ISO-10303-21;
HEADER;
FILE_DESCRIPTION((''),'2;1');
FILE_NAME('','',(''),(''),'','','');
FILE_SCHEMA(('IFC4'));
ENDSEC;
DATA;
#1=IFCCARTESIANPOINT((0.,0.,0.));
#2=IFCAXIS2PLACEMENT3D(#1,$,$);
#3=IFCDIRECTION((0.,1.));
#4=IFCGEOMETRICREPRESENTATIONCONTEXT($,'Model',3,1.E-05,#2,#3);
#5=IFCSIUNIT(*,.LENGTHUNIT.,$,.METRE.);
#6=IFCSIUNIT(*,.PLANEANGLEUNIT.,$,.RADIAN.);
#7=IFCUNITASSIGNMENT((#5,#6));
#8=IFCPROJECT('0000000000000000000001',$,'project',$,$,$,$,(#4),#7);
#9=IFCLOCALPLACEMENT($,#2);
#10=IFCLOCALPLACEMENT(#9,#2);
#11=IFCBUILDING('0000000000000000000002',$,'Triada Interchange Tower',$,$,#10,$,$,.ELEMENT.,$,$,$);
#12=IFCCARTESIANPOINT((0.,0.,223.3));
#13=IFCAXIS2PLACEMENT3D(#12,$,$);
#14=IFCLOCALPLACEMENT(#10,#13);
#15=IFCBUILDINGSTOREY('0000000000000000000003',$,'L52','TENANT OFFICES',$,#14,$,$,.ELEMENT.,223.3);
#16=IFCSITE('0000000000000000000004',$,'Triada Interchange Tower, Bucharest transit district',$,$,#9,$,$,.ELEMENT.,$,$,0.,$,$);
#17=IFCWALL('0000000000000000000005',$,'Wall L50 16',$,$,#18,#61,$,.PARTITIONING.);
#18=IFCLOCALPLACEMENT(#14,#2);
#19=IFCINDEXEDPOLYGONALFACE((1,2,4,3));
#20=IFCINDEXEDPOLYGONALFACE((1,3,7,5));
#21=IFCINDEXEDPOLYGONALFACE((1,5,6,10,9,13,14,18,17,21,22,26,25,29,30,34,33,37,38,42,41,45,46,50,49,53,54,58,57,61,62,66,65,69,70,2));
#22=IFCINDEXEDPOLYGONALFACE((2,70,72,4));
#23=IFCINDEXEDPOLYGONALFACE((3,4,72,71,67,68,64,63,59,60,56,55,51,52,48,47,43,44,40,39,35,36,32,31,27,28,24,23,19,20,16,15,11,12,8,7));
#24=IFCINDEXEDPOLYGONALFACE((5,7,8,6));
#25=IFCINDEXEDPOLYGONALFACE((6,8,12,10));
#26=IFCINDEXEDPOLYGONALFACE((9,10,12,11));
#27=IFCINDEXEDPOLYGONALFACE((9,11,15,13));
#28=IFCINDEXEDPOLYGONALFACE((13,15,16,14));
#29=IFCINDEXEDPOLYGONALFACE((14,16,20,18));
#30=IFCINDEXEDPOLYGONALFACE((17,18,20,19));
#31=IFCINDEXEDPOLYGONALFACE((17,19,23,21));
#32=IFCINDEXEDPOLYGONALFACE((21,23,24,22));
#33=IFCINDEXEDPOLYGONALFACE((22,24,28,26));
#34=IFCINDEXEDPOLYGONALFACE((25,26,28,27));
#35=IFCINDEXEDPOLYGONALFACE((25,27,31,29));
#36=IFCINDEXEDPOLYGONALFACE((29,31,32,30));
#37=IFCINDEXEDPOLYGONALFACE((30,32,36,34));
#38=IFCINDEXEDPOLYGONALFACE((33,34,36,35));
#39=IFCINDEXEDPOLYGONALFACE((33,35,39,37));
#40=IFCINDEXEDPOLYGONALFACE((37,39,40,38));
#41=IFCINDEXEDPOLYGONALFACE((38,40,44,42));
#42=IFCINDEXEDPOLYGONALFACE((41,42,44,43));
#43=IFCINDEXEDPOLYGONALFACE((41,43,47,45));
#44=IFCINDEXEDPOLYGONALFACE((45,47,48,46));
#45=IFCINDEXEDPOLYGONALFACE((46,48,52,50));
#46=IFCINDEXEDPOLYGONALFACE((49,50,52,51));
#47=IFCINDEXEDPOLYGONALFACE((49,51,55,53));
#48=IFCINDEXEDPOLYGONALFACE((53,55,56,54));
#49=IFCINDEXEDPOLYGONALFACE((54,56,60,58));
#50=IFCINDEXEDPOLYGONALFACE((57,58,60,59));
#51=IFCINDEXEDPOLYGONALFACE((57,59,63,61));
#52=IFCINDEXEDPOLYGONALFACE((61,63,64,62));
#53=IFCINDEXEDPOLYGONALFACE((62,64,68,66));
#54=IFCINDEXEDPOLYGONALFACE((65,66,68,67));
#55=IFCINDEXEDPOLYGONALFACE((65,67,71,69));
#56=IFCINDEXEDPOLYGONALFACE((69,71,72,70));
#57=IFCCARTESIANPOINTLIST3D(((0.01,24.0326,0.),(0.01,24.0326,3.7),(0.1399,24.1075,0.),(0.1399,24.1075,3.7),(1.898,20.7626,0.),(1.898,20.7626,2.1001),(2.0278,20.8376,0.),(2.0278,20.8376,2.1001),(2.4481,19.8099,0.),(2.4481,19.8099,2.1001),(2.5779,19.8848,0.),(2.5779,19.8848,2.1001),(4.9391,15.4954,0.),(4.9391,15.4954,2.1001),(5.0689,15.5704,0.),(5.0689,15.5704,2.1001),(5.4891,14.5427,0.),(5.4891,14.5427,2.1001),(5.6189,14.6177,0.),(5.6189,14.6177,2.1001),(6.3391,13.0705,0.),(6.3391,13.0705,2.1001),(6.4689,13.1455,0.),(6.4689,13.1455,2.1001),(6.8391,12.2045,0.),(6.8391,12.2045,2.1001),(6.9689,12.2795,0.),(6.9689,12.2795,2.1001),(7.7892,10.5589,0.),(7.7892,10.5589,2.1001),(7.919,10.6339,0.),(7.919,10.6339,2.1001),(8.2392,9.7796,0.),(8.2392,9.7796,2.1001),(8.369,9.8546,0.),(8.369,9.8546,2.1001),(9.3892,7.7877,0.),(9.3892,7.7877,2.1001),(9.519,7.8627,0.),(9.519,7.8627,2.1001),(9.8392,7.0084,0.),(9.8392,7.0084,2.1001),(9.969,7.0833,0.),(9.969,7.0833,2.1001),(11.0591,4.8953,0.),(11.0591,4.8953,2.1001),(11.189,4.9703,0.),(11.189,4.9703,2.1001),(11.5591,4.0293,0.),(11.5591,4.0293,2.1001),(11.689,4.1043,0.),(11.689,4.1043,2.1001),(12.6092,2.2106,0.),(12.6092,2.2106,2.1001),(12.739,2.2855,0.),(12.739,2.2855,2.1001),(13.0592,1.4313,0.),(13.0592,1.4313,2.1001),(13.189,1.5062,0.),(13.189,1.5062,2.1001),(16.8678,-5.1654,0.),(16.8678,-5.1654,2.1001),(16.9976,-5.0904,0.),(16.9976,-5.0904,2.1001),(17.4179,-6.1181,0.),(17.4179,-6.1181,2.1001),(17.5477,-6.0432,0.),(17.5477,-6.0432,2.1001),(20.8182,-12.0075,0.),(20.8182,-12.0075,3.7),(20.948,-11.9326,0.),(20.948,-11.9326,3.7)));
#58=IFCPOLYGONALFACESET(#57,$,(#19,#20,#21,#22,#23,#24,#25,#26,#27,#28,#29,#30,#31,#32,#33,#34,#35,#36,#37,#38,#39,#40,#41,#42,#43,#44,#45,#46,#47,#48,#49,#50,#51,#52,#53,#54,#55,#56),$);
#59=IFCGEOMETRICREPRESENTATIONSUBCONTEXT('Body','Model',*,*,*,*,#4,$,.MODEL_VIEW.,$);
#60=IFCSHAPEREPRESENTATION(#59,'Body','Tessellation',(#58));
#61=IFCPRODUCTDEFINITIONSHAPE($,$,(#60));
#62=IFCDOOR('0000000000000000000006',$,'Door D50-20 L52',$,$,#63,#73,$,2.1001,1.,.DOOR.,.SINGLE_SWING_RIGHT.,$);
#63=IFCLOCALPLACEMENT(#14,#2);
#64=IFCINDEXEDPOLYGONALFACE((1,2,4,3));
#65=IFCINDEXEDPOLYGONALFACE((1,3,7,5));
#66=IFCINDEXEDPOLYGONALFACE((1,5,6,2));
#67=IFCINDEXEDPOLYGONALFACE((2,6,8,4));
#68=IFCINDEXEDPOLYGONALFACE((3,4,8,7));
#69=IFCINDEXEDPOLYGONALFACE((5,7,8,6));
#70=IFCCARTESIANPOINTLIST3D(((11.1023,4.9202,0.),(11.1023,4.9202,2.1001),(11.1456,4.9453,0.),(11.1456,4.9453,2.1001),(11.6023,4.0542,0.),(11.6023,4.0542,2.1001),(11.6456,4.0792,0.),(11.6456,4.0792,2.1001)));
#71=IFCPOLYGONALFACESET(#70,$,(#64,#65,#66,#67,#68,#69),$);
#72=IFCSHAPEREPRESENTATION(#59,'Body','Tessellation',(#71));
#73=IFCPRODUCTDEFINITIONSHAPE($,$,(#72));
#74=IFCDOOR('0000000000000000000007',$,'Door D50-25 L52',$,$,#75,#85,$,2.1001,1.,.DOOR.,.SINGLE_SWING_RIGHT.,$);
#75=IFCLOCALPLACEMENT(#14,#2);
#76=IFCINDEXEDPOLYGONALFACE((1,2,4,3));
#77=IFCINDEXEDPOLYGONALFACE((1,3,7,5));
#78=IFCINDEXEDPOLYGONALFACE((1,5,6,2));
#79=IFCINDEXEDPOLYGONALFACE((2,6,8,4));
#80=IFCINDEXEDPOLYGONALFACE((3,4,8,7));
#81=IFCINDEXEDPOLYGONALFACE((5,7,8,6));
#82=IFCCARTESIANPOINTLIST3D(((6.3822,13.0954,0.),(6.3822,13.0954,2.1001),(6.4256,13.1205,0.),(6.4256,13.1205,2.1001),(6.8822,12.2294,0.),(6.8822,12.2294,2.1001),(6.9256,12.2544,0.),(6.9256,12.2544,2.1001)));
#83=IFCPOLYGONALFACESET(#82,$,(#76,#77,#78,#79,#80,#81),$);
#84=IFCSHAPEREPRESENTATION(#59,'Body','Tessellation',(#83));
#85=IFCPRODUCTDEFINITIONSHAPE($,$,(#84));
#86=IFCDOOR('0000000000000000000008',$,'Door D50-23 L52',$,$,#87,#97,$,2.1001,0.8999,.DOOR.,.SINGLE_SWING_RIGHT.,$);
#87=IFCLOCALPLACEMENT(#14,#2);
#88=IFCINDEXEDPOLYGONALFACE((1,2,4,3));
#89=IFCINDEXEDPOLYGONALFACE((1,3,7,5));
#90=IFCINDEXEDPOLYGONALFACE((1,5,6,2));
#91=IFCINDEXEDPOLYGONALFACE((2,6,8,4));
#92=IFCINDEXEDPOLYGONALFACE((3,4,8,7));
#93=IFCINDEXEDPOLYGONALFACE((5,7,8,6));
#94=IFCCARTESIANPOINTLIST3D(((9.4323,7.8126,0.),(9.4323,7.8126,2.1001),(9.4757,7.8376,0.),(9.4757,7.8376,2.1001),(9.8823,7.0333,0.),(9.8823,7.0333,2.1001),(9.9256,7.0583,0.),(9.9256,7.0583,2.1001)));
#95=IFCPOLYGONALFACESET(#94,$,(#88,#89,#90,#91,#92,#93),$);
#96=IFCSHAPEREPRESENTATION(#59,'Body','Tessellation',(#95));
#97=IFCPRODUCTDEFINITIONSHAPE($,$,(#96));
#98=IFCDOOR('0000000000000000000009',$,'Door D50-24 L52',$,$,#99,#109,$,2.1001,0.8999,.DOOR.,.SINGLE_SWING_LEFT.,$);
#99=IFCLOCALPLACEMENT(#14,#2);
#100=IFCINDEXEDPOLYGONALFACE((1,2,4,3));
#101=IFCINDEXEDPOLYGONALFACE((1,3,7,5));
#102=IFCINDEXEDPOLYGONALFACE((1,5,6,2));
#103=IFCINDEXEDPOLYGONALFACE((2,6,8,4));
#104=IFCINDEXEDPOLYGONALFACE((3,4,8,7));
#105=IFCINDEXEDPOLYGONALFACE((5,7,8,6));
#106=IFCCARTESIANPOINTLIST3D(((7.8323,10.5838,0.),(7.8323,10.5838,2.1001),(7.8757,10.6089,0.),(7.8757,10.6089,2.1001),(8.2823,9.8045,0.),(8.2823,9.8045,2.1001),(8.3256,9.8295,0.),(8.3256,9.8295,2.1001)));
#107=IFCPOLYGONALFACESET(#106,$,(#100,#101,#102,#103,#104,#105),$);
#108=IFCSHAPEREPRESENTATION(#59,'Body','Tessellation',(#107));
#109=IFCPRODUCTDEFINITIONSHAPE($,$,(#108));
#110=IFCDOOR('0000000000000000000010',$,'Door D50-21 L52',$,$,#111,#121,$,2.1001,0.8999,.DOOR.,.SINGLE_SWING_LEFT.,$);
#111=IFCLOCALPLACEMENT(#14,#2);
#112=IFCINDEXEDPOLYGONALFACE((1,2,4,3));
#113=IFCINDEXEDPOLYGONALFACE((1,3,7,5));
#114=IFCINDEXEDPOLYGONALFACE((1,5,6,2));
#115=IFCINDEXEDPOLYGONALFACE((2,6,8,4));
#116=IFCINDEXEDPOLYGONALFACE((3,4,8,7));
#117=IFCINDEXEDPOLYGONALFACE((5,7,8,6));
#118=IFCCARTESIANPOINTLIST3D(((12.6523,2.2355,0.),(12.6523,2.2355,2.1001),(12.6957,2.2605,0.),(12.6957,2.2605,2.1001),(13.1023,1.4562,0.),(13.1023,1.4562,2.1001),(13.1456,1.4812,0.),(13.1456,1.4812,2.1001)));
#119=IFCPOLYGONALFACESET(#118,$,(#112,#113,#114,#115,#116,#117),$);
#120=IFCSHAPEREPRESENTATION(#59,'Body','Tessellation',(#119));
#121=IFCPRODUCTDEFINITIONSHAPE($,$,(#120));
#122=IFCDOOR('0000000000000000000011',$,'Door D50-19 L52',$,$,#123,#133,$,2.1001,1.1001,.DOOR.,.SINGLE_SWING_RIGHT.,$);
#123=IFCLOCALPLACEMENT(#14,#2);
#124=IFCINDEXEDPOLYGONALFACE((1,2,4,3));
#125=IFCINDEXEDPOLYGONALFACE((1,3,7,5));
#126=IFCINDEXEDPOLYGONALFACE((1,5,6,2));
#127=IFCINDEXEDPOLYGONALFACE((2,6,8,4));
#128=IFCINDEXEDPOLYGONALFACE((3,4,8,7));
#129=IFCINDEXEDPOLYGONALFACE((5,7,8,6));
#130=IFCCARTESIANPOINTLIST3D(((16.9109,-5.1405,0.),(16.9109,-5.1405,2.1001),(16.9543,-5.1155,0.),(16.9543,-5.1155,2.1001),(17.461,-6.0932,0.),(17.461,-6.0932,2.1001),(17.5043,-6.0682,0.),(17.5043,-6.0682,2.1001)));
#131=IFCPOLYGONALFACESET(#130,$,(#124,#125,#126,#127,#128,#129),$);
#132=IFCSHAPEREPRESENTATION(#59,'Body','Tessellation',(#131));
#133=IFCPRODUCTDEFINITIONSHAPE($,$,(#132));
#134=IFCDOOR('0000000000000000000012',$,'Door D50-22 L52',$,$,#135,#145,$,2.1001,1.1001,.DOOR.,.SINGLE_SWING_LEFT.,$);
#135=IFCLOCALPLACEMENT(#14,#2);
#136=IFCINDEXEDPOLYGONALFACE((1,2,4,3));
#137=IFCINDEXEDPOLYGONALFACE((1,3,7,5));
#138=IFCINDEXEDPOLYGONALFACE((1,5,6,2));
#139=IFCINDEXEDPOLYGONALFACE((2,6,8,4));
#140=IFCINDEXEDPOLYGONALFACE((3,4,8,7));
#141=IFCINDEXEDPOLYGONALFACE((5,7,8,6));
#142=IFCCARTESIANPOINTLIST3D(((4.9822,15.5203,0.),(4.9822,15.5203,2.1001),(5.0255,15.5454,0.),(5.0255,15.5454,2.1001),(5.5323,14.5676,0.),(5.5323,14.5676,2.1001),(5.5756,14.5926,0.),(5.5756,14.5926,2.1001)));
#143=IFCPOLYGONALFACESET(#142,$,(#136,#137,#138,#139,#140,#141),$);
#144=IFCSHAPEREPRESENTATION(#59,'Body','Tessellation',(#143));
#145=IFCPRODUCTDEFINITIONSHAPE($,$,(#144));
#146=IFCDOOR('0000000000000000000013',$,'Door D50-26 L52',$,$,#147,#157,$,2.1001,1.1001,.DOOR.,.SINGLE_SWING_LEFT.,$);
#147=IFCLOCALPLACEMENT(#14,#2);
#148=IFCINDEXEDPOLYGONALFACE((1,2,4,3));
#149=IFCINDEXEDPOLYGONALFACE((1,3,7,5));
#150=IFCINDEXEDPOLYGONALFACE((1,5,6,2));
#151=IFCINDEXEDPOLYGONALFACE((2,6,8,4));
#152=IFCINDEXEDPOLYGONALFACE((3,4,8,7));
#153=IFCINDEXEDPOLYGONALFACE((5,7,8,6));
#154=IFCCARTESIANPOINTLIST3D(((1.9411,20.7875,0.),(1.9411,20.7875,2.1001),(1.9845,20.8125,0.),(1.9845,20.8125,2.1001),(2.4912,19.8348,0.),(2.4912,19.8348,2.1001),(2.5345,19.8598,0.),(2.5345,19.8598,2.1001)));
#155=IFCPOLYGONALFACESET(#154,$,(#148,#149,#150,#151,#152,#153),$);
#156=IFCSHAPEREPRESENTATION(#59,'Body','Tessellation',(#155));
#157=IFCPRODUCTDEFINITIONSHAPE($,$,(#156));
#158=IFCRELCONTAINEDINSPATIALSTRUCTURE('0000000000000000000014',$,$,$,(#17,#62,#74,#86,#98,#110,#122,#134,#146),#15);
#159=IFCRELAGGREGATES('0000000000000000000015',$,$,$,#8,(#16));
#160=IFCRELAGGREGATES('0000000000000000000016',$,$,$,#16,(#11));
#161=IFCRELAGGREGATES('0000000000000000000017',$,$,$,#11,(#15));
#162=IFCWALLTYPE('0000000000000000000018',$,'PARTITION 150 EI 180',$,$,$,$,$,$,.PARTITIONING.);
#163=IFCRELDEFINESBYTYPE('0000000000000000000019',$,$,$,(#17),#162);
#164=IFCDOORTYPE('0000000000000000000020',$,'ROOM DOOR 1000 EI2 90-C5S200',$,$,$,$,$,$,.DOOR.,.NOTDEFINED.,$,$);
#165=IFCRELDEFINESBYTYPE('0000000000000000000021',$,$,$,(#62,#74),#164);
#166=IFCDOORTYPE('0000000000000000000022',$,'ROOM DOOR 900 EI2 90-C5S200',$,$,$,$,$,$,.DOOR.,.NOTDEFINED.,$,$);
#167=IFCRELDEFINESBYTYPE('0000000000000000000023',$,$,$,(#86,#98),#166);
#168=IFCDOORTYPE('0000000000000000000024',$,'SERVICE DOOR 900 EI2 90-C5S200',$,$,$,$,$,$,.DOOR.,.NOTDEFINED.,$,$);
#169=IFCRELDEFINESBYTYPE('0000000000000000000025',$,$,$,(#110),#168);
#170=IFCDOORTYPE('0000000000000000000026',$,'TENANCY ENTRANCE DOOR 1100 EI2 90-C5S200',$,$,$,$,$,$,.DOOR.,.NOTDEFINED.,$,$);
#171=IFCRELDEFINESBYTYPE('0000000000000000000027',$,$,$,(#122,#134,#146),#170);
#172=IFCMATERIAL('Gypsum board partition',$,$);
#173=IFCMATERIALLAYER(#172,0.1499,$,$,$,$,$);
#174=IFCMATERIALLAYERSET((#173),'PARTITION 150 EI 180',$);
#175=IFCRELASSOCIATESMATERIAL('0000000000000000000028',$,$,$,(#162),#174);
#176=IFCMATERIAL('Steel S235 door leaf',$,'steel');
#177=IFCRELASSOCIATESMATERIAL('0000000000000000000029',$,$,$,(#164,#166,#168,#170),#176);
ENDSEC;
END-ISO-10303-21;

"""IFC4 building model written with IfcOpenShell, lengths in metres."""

from ifc_helpers import new_model, si_unit, direction, frame, frame_2d, origin, place, context, subcontext, project, spatial, rectangle, extrude, material, layer, layer_set, type_object, element, fill, save


model = new_model("IFC4")

# Units and contexts
model_context = context("Model", 3, precision=1e-05, world=origin(), true_north=direction((0.0, 1.0)))
body_context = subcontext(model_context, "Body", "Model", "MODEL_VIEW")
ifc_project = project(units=[si_unit("LENGTHUNIT", "METRE"), si_unit("PLANEANGLEUNIT", "RADIAN")], contexts=[model_context])

# Site, building, storey
site_placement = place(None, origin())
site = spatial("IfcSite", under=ifc_project, at=site_placement, Name="Triada Interchange Tower, Bucharest transit district", CompositionType="ELEMENT", RefElevation=0.0)
building_placement = place(site_placement, origin())
building = spatial("IfcBuilding", under=site, at=building_placement, Name="Triada Interchange Tower", CompositionType="ELEMENT")
storey_placement = place(building_placement, frame((0.0, 0.0, 223.3)))
storey = spatial("IfcBuildingStorey", under=building, at=storey_placement, Name="L52", Description="TENANT OFFICES", CompositionType="ELEMENT", Elevation=223.3)

# Wall, openings, doors
ifc_material_1 = material(Name="Gypsum board partition")
ifc_layer_1 = layer(ifc_material_1, 0.1499)
ifc_layer_set_1 = layer_set([ifc_layer_1], Name="PARTITION 150 EI 180")
wall_type_1 = type_object("IfcWallType", Name="PARTITION 150 EI 180", PredefinedType="PARTITIONING", material=ifc_layer_set_1)
wall_1_placement = place(storey_placement, frame((0.075, 24.0701, 0.0), z_axis=(0.0, 0.0, 1.0), x_axis=(0.500007, -0.866021, 0.0)))
wall_1 = element("IfcWall", 1, at=wall_1_placement, inside=storey, type_object=wall_type_1, Name="Wall L50 16", PredefinedType="PARTITIONING", context=body_context, shape_type="SweptSolid", body=[
    extrude(rectangle(XDim=41.6157, YDim=0.1499, at=frame_2d((20.8079, 0.0))), origin(), (0.0, 0.0, 1.0), 3.7),
])
opening_1_placement = place(wall_1_placement, frame((33.7151, 0.0, 0.0)))
opening_1 = element("IfcOpeningElement", 2, at=opening_1_placement, cuts=wall_1, PredefinedType="OPENING", context=body_context, shape_type="SweptSolid", body=[
    extrude(rectangle(XDim=1.1001, YDim=2.1001, at=frame_2d((0.55, 1.05))), frame((0.0, 0.085, 0.0), z_axis=(0.0, -1.0, 0.0), x_axis=(1.0, 0.0, 0.0)), (0.0, 0.0, 1.0), 0.1699),
])
opening_2_placement = place(wall_1_placement, frame((22.0979, 0.0, 0.0)))
opening_2 = element("IfcOpeningElement", 3, at=opening_2_placement, cuts=wall_1, PredefinedType="OPENING", context=body_context, shape_type="SweptSolid", body=[
    extrude(rectangle(XDim=1.0, YDim=2.1001, at=frame_2d((0.5, 1.05))), frame((0.0, 0.085, 0.0), z_axis=(0.0, -1.0, 0.0), x_axis=(1.0, 0.0, 0.0)), (0.0, 0.0, 1.0), 0.1699),
])
opening_3_placement = place(wall_1_placement, frame((25.198, 0.0, 0.0)))
opening_3 = element("IfcOpeningElement", 4, at=opening_3_placement, cuts=wall_1, PredefinedType="OPENING", context=body_context, shape_type="SweptSolid", body=[
    extrude(rectangle(XDim=0.8999, YDim=2.1001, at=frame_2d((0.45, 1.05))), frame((0.0, 0.085, 0.0), z_axis=(0.0, -1.0, 0.0), x_axis=(1.0, 0.0, 0.0)), (0.0, 0.0, 1.0), 0.1699),
])
opening_4_placement = place(wall_1_placement, frame((9.8579, 0.0, 0.0)))
opening_4 = element("IfcOpeningElement", 5, at=opening_4_placement, cuts=wall_1, PredefinedType="OPENING", context=body_context, shape_type="SweptSolid", body=[
    extrude(rectangle(XDim=1.1001, YDim=2.1001, at=frame_2d((0.55, 1.05))), frame((0.0, 0.085, 0.0), z_axis=(0.0, -1.0, 0.0), x_axis=(1.0, 0.0, 0.0)), (0.0, 0.0, 1.0), 0.1699),
])
opening_5_placement = place(wall_1_placement, frame((18.7581, 0.0, 0.0)))
opening_5 = element("IfcOpeningElement", 6, at=opening_5_placement, cuts=wall_1, PredefinedType="OPENING", context=body_context, shape_type="SweptSolid", body=[
    extrude(rectangle(XDim=0.8999, YDim=2.1001, at=frame_2d((0.45, 1.05))), frame((0.0, 0.085, 0.0), z_axis=(0.0, -1.0, 0.0), x_axis=(1.0, 0.0, 0.0)), (0.0, 0.0, 1.0), 0.1699),
])
opening_6_placement = place(wall_1_placement, frame((15.5581, 0.0, 0.0)))
opening_6 = element("IfcOpeningElement", 7, at=opening_6_placement, cuts=wall_1, PredefinedType="OPENING", context=body_context, shape_type="SweptSolid", body=[
    extrude(rectangle(XDim=0.8999, YDim=2.1001, at=frame_2d((0.45, 1.05))), frame((0.0, 0.085, 0.0), z_axis=(0.0, -1.0, 0.0), x_axis=(1.0, 0.0, 0.0)), (0.0, 0.0, 1.0), 0.1699),
])
opening_7_placement = place(wall_1_placement, frame((12.658, 0.0, 0.0)))
opening_7 = element("IfcOpeningElement", 8, at=opening_7_placement, cuts=wall_1, PredefinedType="OPENING", context=body_context, shape_type="SweptSolid", body=[
    extrude(rectangle(XDim=1.0, YDim=2.1001, at=frame_2d((0.5, 1.05))), frame((0.0, 0.085, 0.0), z_axis=(0.0, -1.0, 0.0), x_axis=(1.0, 0.0, 0.0)), (0.0, 0.0, 1.0), 0.1699),
])
opening_8_placement = place(wall_1_placement, frame((3.7759, 0.0, 0.0)))
opening_8 = element("IfcOpeningElement", 9, at=opening_8_placement, cuts=wall_1, PredefinedType="OPENING", context=body_context, shape_type="SweptSolid", body=[
    extrude(rectangle(XDim=1.1001, YDim=2.1001, at=frame_2d((0.55, 1.05))), frame((0.0, 0.085, 0.0), z_axis=(0.0, -1.0, 0.0), x_axis=(1.0, 0.0, 0.0)), (0.0, 0.0, 1.0), 0.1699),
])
ifc_material_2 = material(Name="Steel S235 door leaf", Category="steel")
door_type_1 = type_object("IfcDoorType", Name="ROOM DOOR 1000 EI2 90-C5S200", OperationType="NOTDEFINED", PredefinedType="DOOR", material=ifc_material_2)
door_1_placement = place(opening_2_placement, origin())
door_1 = element("IfcDoor", 10, at=door_1_placement, inside=storey, type_object=door_type_1, Name="Door D50-20 L52", OperationType="SINGLE_SWING_RIGHT", OverallHeight=2.1001, OverallWidth=1.0, PredefinedType="DOOR", context=body_context, shape_type="SweptSolid", body=[
    extrude(rectangle(XDim=1.0, YDim=2.1001, at=frame_2d((0.5, 1.05))), frame((0.0, 0.0249, 0.0), z_axis=(0.0, -1.0, 0.0), x_axis=(1.0, 0.0, 0.0)), (0.0, 0.0, 1.0), 0.05),
])
fill(opening_2, door_1)
door_2_placement = place(opening_7_placement, origin())
door_2 = element("IfcDoor", 11, at=door_2_placement, inside=storey, type_object=door_type_1, Name="Door D50-25 L52", OperationType="SINGLE_SWING_RIGHT", OverallHeight=2.1001, OverallWidth=1.0, PredefinedType="DOOR", context=body_context, shape_type="SweptSolid", body=[
    extrude(rectangle(XDim=1.0, YDim=2.1001, at=frame_2d((0.5, 1.05))), frame((0.0, 0.0249, 0.0), z_axis=(0.0, -1.0, 0.0), x_axis=(1.0, 0.0, 0.0)), (0.0, 0.0, 1.0), 0.05),
])
fill(opening_7, door_2)
door_type_2 = type_object("IfcDoorType", Name="ROOM DOOR 900 EI2 90-C5S200", OperationType="NOTDEFINED", PredefinedType="DOOR", material=ifc_material_2)
door_3_placement = place(opening_5_placement, origin())
door_3 = element("IfcDoor", 12, at=door_3_placement, inside=storey, type_object=door_type_2, Name="Door D50-23 L52", OperationType="SINGLE_SWING_RIGHT", OverallHeight=2.1001, OverallWidth=0.8999, PredefinedType="DOOR", context=body_context, shape_type="SweptSolid", body=[
    extrude(rectangle(XDim=0.8999, YDim=2.1001, at=frame_2d((0.45, 1.05))), frame((0.0, 0.0249, 0.0), z_axis=(0.0, -1.0, 0.0), x_axis=(1.0, 0.0, 0.0)), (0.0, 0.0, 1.0), 0.05),
])
fill(opening_5, door_3)
door_4_placement = place(opening_6_placement, origin())
door_4 = element("IfcDoor", 13, at=door_4_placement, inside=storey, type_object=door_type_2, Name="Door D50-24 L52", OperationType="SINGLE_SWING_LEFT", OverallHeight=2.1001, OverallWidth=0.8999, PredefinedType="DOOR", context=body_context, shape_type="SweptSolid", body=[
    extrude(rectangle(XDim=0.8999, YDim=2.1001, at=frame_2d((0.45, 1.05))), frame((0.0, 0.0249, 0.0), z_axis=(0.0, -1.0, 0.0), x_axis=(1.0, 0.0, 0.0)), (0.0, 0.0, 1.0), 0.05),
])
fill(opening_6, door_4)
door_type_3 = type_object("IfcDoorType", Name="SERVICE DOOR 900 EI2 90-C5S200", OperationType="NOTDEFINED", PredefinedType="DOOR", material=ifc_material_2)
door_5_placement = place(opening_3_placement, origin())
door_5 = element("IfcDoor", 14, at=door_5_placement, inside=storey, type_object=door_type_3, Name="Door D50-21 L52", OperationType="SINGLE_SWING_LEFT", OverallHeight=2.1001, OverallWidth=0.8999, PredefinedType="DOOR", context=body_context, shape_type="SweptSolid", body=[
    extrude(rectangle(XDim=0.8999, YDim=2.1001, at=frame_2d((0.45, 1.05))), frame((0.0, 0.0249, 0.0), z_axis=(0.0, -1.0, 0.0), x_axis=(1.0, 0.0, 0.0)), (0.0, 0.0, 1.0), 0.05),
])
fill(opening_3, door_5)
door_type_4 = type_object("IfcDoorType", Name="TENANCY ENTRANCE DOOR 1100 EI2 90-C5S200", OperationType="NOTDEFINED", PredefinedType="DOOR", material=ifc_material_2)
door_6_placement = place(opening_1_placement, origin())
door_6 = element("IfcDoor", 15, at=door_6_placement, inside=storey, type_object=door_type_4, Name="Door D50-19 L52", OperationType="SINGLE_SWING_RIGHT", OverallHeight=2.1001, OverallWidth=1.1001, PredefinedType="DOOR", context=body_context, shape_type="SweptSolid", body=[
    extrude(rectangle(XDim=1.1001, YDim=2.1001, at=frame_2d((0.55, 1.05))), frame((0.0, 0.0249, 0.0), z_axis=(0.0, -1.0, 0.0), x_axis=(1.0, 0.0, 0.0)), (0.0, 0.0, 1.0), 0.05),
])
fill(opening_1, door_6)
door_7_placement = place(opening_4_placement, origin())
door_7 = element("IfcDoor", 16, at=door_7_placement, inside=storey, type_object=door_type_4, Name="Door D50-22 L52", OperationType="SINGLE_SWING_LEFT", OverallHeight=2.1001, OverallWidth=1.1001, PredefinedType="DOOR", context=body_context, shape_type="SweptSolid", body=[
    extrude(rectangle(XDim=1.1001, YDim=2.1001, at=frame_2d((0.55, 1.05))), frame((0.0, 0.0249, 0.0), z_axis=(0.0, -1.0, 0.0), x_axis=(1.0, 0.0, 0.0)), (0.0, 0.0, 1.0), 0.05),
])
fill(opening_4, door_7)
door_8_placement = place(opening_8_placement, origin())
door_8 = element("IfcDoor", 17, at=door_8_placement, inside=storey, type_object=door_type_4, Name="Door D50-26 L52", OperationType="SINGLE_SWING_LEFT", OverallHeight=2.1001, OverallWidth=1.1001, PredefinedType="DOOR", context=body_context, shape_type="SweptSolid", body=[
    extrude(rectangle(XDim=1.1001, YDim=2.1001, at=frame_2d((0.55, 1.05))), frame((0.0, 0.0249, 0.0), z_axis=(0.0, -1.0, 0.0), x_axis=(1.0, 0.0, 0.0)), (0.0, 0.0, 1.0), 0.05),
])
fill(opening_8, door_8)

save(model, "model.ifc")
